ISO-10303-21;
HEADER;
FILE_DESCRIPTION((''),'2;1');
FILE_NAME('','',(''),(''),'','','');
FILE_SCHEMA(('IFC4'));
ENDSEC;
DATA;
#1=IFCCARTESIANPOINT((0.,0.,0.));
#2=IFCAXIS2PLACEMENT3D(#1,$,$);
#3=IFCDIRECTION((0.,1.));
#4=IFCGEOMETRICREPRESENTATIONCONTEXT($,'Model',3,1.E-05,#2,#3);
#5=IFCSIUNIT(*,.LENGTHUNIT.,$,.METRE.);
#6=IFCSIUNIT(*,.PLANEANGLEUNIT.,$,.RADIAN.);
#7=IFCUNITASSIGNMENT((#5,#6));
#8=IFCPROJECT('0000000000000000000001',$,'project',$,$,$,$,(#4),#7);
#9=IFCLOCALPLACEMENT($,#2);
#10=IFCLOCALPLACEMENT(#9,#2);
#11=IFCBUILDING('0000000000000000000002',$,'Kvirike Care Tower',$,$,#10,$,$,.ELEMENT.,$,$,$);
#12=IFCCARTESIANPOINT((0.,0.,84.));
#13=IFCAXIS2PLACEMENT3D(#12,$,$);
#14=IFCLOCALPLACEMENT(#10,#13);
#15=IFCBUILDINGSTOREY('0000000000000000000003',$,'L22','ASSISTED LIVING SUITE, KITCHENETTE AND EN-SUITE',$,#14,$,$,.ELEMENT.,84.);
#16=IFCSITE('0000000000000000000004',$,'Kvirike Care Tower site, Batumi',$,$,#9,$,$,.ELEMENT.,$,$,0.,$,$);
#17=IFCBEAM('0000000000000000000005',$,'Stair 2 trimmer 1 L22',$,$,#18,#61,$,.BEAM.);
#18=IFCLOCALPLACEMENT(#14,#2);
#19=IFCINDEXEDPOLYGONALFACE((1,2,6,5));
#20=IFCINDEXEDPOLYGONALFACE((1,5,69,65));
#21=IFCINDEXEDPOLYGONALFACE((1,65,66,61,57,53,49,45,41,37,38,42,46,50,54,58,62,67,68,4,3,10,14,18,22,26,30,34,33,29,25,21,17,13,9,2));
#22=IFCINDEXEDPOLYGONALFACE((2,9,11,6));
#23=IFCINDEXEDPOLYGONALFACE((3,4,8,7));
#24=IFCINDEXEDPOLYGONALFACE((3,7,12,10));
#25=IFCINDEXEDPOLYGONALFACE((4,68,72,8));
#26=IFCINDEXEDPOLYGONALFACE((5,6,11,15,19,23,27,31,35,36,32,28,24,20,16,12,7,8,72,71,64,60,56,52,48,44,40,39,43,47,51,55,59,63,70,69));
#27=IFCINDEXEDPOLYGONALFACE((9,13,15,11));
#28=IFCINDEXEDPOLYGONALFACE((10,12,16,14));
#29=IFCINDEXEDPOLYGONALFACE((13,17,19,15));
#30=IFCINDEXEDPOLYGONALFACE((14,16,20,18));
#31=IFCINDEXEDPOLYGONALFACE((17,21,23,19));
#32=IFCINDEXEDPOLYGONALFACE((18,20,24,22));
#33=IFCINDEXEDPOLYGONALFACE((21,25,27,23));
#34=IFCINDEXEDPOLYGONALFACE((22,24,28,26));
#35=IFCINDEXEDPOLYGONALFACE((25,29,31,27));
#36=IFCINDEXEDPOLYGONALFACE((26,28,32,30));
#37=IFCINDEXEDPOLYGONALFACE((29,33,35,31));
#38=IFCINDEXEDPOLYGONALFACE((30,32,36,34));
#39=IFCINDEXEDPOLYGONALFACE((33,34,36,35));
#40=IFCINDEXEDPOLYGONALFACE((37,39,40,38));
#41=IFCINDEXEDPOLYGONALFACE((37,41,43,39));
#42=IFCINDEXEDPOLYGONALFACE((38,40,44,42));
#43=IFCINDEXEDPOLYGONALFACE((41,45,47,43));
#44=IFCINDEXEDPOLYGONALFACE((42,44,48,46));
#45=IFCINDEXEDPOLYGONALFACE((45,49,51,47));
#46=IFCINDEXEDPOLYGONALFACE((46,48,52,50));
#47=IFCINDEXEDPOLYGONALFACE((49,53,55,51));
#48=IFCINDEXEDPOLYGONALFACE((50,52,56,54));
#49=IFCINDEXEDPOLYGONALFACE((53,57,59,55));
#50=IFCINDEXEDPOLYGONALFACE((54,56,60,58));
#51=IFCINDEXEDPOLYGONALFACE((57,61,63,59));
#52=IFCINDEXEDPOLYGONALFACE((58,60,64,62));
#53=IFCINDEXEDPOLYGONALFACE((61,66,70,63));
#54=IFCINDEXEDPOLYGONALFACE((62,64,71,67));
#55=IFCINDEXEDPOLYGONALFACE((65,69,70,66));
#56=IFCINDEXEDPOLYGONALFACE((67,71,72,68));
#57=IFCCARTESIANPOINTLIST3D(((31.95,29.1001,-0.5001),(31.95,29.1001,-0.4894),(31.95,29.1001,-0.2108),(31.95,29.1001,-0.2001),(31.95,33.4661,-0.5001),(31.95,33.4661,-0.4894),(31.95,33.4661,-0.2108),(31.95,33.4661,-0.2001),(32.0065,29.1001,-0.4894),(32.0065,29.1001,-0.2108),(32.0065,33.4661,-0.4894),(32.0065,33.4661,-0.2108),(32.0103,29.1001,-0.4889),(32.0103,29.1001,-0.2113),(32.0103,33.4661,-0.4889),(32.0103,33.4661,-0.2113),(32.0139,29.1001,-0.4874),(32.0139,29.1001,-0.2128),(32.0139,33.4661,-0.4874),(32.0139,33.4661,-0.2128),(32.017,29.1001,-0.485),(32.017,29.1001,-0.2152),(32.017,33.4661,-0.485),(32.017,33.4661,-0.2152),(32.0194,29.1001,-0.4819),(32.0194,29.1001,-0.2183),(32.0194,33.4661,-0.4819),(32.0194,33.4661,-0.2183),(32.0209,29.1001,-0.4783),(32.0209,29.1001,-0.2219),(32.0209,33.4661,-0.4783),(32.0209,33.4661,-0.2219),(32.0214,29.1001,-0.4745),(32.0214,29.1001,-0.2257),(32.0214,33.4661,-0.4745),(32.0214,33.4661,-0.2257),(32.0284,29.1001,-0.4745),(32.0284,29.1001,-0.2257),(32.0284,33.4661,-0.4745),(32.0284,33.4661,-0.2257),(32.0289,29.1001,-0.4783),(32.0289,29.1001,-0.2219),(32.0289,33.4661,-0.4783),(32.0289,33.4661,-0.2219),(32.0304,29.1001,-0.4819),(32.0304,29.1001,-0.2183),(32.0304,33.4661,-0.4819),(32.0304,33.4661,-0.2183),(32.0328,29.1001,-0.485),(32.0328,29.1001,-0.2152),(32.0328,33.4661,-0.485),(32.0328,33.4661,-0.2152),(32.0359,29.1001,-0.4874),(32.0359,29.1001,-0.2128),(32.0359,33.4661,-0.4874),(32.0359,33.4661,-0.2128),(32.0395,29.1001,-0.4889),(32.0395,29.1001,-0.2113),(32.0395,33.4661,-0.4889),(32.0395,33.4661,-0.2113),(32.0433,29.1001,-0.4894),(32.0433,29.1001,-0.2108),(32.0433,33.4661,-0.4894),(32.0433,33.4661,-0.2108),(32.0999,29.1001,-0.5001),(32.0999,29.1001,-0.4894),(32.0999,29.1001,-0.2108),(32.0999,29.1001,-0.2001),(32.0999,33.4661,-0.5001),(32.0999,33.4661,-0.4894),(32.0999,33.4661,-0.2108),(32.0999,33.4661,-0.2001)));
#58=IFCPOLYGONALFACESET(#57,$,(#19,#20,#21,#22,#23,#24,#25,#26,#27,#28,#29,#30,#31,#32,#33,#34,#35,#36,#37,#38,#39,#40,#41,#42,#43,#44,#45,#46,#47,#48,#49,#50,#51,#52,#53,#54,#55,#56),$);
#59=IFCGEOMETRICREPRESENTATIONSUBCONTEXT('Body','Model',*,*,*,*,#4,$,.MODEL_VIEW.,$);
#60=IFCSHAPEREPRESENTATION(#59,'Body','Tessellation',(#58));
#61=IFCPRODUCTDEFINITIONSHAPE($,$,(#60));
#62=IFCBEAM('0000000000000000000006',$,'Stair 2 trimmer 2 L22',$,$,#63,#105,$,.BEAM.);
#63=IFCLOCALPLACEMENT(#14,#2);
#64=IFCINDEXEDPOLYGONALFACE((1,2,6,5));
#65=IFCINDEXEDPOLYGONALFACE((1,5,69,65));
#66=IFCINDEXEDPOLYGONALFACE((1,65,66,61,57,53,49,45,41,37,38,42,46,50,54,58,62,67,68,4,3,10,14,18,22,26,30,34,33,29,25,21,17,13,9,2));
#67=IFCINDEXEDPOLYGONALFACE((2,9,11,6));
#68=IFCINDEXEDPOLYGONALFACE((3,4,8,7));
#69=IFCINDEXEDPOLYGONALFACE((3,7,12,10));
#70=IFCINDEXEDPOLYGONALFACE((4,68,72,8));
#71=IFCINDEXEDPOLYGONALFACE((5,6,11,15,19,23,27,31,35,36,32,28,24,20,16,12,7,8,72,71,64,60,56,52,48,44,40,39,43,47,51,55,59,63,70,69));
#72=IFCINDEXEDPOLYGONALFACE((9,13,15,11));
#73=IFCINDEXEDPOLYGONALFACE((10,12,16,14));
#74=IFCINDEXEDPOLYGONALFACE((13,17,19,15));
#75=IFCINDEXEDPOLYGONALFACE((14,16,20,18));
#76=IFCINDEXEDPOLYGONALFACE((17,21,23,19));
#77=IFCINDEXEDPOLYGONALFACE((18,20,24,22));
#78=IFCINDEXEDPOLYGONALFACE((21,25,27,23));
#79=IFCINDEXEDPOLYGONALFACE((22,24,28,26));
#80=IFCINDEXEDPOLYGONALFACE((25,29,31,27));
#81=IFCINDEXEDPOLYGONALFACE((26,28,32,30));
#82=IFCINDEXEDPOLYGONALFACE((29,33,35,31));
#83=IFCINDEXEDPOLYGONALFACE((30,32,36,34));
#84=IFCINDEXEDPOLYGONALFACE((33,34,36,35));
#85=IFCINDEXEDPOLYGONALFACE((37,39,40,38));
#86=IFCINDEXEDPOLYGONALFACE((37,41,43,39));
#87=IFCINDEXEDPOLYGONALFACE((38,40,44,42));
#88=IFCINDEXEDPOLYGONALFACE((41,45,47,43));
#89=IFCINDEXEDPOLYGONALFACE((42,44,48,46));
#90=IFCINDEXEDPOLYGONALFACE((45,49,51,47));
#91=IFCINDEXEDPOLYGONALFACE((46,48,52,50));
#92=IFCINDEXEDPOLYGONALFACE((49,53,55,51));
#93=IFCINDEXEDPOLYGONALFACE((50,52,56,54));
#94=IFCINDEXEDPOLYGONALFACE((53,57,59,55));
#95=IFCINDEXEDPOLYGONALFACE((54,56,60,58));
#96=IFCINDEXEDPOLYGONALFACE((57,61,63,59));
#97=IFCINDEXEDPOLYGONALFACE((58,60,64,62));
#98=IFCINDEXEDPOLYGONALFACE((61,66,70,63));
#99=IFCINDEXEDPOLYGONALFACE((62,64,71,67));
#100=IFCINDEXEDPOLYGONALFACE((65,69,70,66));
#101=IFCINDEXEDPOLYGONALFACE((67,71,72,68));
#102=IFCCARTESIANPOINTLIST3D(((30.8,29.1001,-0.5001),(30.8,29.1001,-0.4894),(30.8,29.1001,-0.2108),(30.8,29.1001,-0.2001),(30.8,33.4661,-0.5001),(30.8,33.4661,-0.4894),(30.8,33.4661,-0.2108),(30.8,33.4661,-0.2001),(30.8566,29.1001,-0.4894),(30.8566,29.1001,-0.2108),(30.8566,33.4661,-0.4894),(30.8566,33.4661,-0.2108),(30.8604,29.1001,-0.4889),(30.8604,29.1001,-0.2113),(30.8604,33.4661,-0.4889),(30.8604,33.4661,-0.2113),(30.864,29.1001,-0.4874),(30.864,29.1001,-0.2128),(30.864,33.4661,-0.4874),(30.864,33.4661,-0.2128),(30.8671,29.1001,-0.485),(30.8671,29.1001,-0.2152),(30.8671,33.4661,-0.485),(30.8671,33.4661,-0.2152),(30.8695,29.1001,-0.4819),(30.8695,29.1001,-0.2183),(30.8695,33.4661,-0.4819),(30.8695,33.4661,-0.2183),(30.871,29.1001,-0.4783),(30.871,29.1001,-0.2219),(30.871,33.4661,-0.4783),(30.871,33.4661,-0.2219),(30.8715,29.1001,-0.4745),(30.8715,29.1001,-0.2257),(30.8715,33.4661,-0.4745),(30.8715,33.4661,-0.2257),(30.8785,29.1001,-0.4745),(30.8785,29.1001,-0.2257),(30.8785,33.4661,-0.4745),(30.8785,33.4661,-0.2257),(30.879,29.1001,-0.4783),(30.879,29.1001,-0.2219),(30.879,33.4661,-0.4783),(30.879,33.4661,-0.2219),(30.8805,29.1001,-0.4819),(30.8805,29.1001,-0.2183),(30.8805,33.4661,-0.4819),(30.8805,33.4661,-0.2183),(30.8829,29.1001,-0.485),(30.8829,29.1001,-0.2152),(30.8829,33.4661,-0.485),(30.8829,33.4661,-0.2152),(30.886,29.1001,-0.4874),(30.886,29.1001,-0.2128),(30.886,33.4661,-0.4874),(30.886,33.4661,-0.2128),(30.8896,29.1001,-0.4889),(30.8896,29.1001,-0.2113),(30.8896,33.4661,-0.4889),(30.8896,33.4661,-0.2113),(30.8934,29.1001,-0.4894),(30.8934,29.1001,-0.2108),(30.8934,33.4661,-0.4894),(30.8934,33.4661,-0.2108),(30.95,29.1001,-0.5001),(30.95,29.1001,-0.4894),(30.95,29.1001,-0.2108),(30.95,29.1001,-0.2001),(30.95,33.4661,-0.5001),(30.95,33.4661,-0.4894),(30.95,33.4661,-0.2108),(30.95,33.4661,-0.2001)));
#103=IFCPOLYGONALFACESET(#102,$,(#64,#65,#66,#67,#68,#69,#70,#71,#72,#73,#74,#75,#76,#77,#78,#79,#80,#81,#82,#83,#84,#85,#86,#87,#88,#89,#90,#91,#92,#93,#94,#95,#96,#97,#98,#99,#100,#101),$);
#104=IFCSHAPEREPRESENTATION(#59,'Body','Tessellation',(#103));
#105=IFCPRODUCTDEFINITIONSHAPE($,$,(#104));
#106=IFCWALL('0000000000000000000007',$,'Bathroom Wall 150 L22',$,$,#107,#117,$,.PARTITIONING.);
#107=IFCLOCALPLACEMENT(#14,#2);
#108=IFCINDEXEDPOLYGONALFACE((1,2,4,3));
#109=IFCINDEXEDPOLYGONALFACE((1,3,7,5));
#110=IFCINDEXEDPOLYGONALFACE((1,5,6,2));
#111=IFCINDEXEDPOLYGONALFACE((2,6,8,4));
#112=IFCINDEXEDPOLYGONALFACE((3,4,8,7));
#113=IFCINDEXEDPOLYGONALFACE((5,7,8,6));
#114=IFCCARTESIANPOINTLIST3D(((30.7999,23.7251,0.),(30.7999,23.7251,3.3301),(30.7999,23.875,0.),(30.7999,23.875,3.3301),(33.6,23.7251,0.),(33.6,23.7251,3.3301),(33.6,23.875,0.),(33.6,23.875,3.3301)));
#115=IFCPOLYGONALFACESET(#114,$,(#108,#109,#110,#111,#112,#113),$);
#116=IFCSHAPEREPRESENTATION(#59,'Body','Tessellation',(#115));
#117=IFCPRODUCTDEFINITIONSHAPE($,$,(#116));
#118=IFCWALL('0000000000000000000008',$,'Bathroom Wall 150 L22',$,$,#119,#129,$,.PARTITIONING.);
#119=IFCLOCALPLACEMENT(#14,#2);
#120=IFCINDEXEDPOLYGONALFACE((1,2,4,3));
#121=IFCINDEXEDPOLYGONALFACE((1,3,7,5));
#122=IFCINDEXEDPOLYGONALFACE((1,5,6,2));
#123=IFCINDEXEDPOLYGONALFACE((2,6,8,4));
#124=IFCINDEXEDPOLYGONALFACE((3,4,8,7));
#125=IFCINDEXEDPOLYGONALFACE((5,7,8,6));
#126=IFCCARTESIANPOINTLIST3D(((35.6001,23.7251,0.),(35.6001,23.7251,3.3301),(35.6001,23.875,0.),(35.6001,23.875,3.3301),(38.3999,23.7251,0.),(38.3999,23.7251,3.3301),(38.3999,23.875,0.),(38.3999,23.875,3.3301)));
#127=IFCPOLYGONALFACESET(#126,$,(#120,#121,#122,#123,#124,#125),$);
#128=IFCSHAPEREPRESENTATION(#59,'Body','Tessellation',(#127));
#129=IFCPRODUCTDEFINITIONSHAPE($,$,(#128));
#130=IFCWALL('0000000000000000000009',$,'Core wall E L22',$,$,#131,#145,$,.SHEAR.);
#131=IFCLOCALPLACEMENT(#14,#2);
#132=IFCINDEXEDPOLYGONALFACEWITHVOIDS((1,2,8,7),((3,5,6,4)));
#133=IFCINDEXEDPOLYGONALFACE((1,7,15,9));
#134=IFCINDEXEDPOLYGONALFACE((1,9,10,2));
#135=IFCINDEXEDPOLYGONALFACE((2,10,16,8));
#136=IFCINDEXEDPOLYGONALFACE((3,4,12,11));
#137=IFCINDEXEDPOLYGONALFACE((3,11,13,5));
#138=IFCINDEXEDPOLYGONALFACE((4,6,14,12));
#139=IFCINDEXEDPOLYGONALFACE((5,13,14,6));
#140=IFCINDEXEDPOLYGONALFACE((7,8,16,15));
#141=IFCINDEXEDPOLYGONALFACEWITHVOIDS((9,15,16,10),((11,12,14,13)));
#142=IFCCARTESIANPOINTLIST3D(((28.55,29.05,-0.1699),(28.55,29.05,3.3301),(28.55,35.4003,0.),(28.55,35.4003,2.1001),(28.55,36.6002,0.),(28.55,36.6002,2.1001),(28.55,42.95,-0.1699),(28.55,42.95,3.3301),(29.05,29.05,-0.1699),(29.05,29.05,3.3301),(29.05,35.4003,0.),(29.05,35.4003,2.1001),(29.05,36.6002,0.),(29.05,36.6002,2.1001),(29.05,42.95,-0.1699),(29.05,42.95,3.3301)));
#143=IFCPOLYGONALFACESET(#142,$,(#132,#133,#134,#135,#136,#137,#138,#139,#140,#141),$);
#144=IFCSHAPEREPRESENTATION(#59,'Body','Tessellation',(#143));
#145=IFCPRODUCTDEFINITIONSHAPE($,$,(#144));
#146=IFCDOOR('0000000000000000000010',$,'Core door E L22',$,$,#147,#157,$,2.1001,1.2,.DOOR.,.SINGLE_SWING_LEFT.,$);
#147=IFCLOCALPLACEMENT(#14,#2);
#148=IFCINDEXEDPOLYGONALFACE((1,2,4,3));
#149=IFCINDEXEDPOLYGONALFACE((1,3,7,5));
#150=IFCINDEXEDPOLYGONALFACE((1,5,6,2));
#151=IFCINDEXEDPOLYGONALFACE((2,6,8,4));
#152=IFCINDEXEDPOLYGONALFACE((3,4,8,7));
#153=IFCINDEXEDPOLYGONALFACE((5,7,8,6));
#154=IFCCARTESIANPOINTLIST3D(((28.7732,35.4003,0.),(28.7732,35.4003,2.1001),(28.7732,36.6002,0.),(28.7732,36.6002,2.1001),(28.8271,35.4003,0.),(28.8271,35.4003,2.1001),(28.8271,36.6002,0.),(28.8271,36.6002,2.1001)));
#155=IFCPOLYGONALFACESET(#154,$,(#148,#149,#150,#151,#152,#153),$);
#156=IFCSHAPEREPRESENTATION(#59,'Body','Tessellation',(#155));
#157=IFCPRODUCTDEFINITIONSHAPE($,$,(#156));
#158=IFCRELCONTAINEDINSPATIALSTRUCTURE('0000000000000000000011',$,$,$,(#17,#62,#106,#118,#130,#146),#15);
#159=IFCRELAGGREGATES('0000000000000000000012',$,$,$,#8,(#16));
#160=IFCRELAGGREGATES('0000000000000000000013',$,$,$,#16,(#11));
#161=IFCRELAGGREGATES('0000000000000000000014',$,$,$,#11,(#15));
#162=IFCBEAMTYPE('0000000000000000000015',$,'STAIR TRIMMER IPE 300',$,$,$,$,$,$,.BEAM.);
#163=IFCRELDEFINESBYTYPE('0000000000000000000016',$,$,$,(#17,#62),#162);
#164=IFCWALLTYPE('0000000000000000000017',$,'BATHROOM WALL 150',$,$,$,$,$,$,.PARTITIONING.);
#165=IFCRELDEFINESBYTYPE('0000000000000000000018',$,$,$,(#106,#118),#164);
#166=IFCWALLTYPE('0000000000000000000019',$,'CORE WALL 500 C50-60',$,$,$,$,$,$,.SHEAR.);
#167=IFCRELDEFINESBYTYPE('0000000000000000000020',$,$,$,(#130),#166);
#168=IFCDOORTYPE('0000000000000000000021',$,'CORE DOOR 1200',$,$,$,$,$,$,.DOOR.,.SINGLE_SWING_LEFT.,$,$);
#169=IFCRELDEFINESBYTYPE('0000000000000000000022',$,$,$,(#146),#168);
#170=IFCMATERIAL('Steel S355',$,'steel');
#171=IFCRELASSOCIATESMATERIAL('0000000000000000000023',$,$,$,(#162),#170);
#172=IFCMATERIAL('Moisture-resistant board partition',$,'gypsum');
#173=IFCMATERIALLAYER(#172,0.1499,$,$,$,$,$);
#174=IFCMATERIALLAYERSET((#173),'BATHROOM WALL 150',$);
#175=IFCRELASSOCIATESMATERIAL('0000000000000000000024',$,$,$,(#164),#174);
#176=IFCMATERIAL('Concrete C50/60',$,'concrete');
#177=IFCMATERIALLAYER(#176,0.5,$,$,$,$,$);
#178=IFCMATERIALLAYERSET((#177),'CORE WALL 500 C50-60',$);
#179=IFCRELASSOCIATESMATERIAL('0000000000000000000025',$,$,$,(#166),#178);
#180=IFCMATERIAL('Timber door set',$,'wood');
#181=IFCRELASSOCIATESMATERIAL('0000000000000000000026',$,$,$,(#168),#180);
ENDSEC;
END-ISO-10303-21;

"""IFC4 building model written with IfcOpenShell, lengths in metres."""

from ifc_helpers import new_model, si_unit, direction, frame, frame_2d, origin, origin_2d, place, context, subcontext, project, spatial, rectangle, i_section, extrude, material, layer, layer_set, material_profile, profile_set, type_object, element, fill, save


model = new_model("IFC4")

# Units and contexts
model_context = context("Model", 3, precision=1e-05, world=origin(), true_north=direction((0.0, 1.0)))
body_context = subcontext(model_context, "Body", "Model", "MODEL_VIEW")
ifc_project = project(units=[si_unit("LENGTHUNIT", "METRE"), si_unit("PLANEANGLEUNIT", "RADIAN")], contexts=[model_context])

# Site, building, storey
site_placement = place(None, origin())
site = spatial("IfcSite", under=ifc_project, at=site_placement, Name="Kvirike Care Tower site, Batumi", CompositionType="ELEMENT", RefElevation=0.0)
building_placement = place(site_placement, origin())
building = spatial("IfcBuilding", under=site, at=building_placement, Name="Kvirike Care Tower", CompositionType="ELEMENT")
storey_placement = place(building_placement, frame((0.0, 0.0, 84.0)))
storey = spatial("IfcBuildingStorey", under=building, at=storey_placement, Name="L22", Description="ASSISTED LIVING SUITE, KITCHENETTE AND EN-SUITE", CompositionType="ELEMENT", Elevation=84.0)

# Beams
ifc_material_1 = material(Name="Steel S355", Category="steel")
ifc_material_profile_1 = material_profile(ifc_material_1, i_section(OverallWidth=0.1499, OverallDepth=0.3, WebThickness=0.0071, FlangeThickness=0.0107, FilletRadius=0.0149, at=origin_2d()), Name="IPE 300")
ifc_profile_set_1 = profile_set([ifc_material_profile_1], Name="Steel S355")
beam_type_1 = type_object("IfcBeamType", Name="STAIR TRIMMER IPE 300", PredefinedType="BEAM", material=ifc_profile_set_1)
for number, where, z_axis, x_axis, name in (
    (1, (32.0249, 29.1001, -0.3501), (0.0, 1.0, 0.0), (-1.0, 0.0, 0.0), "Stair 2 trimmer 1 L22"),
    (2, (30.875, 29.1001, -0.3501), (0.0, 1.0, 0.0), (-1.0, 0.0, 0.0), "Stair 2 trimmer 2 L22"),
):
    element("IfcBeam", number, at=place(storey_placement, frame(where, z_axis=z_axis, x_axis=x_axis)), inside=storey, type_object=beam_type_1, Name=name, PredefinedType="BEAM", context=body_context, shape_type="SweptSolid", body=[
        extrude(i_section(OverallWidth=0.1499, OverallDepth=0.3, WebThickness=0.0071, FlangeThickness=0.0107, FilletRadius=0.0149, at=origin_2d()), origin(), (0.0, 0.0, 1.0), 4.366),
    ])

# Walls
ifc_material_2 = material(Name="Moisture-resistant board partition", Category="gypsum")
ifc_layer_1 = layer(ifc_material_2, 0.1499)
ifc_layer_set_1 = layer_set([ifc_layer_1], Name="BATHROOM WALL 150")
wall_type_1 = type_object("IfcWallType", Name="BATHROOM WALL 150", PredefinedType="PARTITIONING", material=ifc_layer_set_1)
wall_1_placement = place(storey_placement, frame((30.8, 23.8, 0.0), z_axis=(0.0, 0.0, 1.0), x_axis=(1.0, 0.0, 0.0)))
element("IfcWall", 3, at=wall_1_placement, inside=storey, type_object=wall_type_1, Name="Bathroom Wall 150 L22", PredefinedType="PARTITIONING", context=body_context, shape_type="SweptSolid", body=[
    extrude(rectangle(XDim=2.8, YDim=0.1499, at=frame_2d((1.3999, 0.0))), origin(), (0.0, 0.0, 1.0), 3.3301),
])
wall_2_placement = place(storey_placement, frame((35.6001, 23.8, 0.0), z_axis=(0.0, 0.0, 1.0), x_axis=(1.0, 0.0, 0.0)))
element("IfcWall", 4, at=wall_2_placement, inside=storey, type_object=wall_type_1, Name="Bathroom Wall 150 L22", PredefinedType="PARTITIONING", context=body_context, shape_type="SweptSolid", body=[
    extrude(rectangle(XDim=2.7998, YDim=0.1499, at=frame_2d((1.3999, 0.0))), origin(), (0.0, 0.0, 1.0), 3.3301),
])

# Wall, opening, door
ifc_material_3 = material(Name="Concrete C50/60", Category="concrete")
ifc_layer_2 = layer(ifc_material_3, 0.5)
ifc_layer_set_2 = layer_set([ifc_layer_2], Name="CORE WALL 500 C50-60")
wall_type_2 = type_object("IfcWallType", Name="CORE WALL 500 C50-60", PredefinedType="SHEAR", material=ifc_layer_set_2)
wall_3_placement = place(storey_placement, frame((28.8, 29.05, -0.1699), z_axis=(0.0, 0.0, 1.0), x_axis=(0.0, 1.0, 0.0)))
wall_3 = element("IfcWall", 5, at=wall_3_placement, inside=storey, type_object=wall_type_2, Name="Core wall E L22", PredefinedType="SHEAR", context=body_context, shape_type="SweptSolid", body=[
    extrude(rectangle(XDim=13.8999, YDim=0.5, at=frame_2d((6.95, 0.0))), origin(), (0.0, 0.0, 1.0), 3.5),
])
opening_1_placement = place(wall_3_placement, frame((6.3501, 0.0, 0.1699)))
opening_1 = element("IfcOpeningElement", 6, at=opening_1_placement, cuts=wall_3, PredefinedType="OPENING", context=body_context, shape_type="SweptSolid", body=[
    extrude(rectangle(XDim=1.2, YDim=2.1001, at=frame_2d((0.6001, 1.05))), frame((0.0, 0.2605, 0.0), z_axis=(0.0, -1.0, 0.0), x_axis=(1.0, 0.0, 0.0)), (0.0, 0.0, 1.0), 0.521),
])
ifc_material_4 = material(Name="Timber door set", Category="wood")
door_type_1 = type_object("IfcDoorType", Name="CORE DOOR 1200", OperationType="SINGLE_SWING_LEFT", PredefinedType="DOOR", material=ifc_material_4)
door_1_placement = place(opening_1_placement, origin())
door_1 = element("IfcDoor", 7, at=door_1_placement, inside=storey, type_object=door_type_1, Name="Core door E L22", OperationType="SINGLE_SWING_LEFT", OverallHeight=2.1001, OverallWidth=1.2, PredefinedType="DOOR", context=body_context, shape_type="SweptSolid", body=[
    extrude(rectangle(XDim=1.2, YDim=2.1001, at=frame_2d((0.6001, 1.05))), frame((0.0, 0.0269, 0.0), z_axis=(0.0, -1.0, 0.0), x_axis=(1.0, 0.0, 0.0)), (0.0, 0.0, 1.0), 0.054),
])
fill(opening_1, door_1)

save(model, "model.ifc")
